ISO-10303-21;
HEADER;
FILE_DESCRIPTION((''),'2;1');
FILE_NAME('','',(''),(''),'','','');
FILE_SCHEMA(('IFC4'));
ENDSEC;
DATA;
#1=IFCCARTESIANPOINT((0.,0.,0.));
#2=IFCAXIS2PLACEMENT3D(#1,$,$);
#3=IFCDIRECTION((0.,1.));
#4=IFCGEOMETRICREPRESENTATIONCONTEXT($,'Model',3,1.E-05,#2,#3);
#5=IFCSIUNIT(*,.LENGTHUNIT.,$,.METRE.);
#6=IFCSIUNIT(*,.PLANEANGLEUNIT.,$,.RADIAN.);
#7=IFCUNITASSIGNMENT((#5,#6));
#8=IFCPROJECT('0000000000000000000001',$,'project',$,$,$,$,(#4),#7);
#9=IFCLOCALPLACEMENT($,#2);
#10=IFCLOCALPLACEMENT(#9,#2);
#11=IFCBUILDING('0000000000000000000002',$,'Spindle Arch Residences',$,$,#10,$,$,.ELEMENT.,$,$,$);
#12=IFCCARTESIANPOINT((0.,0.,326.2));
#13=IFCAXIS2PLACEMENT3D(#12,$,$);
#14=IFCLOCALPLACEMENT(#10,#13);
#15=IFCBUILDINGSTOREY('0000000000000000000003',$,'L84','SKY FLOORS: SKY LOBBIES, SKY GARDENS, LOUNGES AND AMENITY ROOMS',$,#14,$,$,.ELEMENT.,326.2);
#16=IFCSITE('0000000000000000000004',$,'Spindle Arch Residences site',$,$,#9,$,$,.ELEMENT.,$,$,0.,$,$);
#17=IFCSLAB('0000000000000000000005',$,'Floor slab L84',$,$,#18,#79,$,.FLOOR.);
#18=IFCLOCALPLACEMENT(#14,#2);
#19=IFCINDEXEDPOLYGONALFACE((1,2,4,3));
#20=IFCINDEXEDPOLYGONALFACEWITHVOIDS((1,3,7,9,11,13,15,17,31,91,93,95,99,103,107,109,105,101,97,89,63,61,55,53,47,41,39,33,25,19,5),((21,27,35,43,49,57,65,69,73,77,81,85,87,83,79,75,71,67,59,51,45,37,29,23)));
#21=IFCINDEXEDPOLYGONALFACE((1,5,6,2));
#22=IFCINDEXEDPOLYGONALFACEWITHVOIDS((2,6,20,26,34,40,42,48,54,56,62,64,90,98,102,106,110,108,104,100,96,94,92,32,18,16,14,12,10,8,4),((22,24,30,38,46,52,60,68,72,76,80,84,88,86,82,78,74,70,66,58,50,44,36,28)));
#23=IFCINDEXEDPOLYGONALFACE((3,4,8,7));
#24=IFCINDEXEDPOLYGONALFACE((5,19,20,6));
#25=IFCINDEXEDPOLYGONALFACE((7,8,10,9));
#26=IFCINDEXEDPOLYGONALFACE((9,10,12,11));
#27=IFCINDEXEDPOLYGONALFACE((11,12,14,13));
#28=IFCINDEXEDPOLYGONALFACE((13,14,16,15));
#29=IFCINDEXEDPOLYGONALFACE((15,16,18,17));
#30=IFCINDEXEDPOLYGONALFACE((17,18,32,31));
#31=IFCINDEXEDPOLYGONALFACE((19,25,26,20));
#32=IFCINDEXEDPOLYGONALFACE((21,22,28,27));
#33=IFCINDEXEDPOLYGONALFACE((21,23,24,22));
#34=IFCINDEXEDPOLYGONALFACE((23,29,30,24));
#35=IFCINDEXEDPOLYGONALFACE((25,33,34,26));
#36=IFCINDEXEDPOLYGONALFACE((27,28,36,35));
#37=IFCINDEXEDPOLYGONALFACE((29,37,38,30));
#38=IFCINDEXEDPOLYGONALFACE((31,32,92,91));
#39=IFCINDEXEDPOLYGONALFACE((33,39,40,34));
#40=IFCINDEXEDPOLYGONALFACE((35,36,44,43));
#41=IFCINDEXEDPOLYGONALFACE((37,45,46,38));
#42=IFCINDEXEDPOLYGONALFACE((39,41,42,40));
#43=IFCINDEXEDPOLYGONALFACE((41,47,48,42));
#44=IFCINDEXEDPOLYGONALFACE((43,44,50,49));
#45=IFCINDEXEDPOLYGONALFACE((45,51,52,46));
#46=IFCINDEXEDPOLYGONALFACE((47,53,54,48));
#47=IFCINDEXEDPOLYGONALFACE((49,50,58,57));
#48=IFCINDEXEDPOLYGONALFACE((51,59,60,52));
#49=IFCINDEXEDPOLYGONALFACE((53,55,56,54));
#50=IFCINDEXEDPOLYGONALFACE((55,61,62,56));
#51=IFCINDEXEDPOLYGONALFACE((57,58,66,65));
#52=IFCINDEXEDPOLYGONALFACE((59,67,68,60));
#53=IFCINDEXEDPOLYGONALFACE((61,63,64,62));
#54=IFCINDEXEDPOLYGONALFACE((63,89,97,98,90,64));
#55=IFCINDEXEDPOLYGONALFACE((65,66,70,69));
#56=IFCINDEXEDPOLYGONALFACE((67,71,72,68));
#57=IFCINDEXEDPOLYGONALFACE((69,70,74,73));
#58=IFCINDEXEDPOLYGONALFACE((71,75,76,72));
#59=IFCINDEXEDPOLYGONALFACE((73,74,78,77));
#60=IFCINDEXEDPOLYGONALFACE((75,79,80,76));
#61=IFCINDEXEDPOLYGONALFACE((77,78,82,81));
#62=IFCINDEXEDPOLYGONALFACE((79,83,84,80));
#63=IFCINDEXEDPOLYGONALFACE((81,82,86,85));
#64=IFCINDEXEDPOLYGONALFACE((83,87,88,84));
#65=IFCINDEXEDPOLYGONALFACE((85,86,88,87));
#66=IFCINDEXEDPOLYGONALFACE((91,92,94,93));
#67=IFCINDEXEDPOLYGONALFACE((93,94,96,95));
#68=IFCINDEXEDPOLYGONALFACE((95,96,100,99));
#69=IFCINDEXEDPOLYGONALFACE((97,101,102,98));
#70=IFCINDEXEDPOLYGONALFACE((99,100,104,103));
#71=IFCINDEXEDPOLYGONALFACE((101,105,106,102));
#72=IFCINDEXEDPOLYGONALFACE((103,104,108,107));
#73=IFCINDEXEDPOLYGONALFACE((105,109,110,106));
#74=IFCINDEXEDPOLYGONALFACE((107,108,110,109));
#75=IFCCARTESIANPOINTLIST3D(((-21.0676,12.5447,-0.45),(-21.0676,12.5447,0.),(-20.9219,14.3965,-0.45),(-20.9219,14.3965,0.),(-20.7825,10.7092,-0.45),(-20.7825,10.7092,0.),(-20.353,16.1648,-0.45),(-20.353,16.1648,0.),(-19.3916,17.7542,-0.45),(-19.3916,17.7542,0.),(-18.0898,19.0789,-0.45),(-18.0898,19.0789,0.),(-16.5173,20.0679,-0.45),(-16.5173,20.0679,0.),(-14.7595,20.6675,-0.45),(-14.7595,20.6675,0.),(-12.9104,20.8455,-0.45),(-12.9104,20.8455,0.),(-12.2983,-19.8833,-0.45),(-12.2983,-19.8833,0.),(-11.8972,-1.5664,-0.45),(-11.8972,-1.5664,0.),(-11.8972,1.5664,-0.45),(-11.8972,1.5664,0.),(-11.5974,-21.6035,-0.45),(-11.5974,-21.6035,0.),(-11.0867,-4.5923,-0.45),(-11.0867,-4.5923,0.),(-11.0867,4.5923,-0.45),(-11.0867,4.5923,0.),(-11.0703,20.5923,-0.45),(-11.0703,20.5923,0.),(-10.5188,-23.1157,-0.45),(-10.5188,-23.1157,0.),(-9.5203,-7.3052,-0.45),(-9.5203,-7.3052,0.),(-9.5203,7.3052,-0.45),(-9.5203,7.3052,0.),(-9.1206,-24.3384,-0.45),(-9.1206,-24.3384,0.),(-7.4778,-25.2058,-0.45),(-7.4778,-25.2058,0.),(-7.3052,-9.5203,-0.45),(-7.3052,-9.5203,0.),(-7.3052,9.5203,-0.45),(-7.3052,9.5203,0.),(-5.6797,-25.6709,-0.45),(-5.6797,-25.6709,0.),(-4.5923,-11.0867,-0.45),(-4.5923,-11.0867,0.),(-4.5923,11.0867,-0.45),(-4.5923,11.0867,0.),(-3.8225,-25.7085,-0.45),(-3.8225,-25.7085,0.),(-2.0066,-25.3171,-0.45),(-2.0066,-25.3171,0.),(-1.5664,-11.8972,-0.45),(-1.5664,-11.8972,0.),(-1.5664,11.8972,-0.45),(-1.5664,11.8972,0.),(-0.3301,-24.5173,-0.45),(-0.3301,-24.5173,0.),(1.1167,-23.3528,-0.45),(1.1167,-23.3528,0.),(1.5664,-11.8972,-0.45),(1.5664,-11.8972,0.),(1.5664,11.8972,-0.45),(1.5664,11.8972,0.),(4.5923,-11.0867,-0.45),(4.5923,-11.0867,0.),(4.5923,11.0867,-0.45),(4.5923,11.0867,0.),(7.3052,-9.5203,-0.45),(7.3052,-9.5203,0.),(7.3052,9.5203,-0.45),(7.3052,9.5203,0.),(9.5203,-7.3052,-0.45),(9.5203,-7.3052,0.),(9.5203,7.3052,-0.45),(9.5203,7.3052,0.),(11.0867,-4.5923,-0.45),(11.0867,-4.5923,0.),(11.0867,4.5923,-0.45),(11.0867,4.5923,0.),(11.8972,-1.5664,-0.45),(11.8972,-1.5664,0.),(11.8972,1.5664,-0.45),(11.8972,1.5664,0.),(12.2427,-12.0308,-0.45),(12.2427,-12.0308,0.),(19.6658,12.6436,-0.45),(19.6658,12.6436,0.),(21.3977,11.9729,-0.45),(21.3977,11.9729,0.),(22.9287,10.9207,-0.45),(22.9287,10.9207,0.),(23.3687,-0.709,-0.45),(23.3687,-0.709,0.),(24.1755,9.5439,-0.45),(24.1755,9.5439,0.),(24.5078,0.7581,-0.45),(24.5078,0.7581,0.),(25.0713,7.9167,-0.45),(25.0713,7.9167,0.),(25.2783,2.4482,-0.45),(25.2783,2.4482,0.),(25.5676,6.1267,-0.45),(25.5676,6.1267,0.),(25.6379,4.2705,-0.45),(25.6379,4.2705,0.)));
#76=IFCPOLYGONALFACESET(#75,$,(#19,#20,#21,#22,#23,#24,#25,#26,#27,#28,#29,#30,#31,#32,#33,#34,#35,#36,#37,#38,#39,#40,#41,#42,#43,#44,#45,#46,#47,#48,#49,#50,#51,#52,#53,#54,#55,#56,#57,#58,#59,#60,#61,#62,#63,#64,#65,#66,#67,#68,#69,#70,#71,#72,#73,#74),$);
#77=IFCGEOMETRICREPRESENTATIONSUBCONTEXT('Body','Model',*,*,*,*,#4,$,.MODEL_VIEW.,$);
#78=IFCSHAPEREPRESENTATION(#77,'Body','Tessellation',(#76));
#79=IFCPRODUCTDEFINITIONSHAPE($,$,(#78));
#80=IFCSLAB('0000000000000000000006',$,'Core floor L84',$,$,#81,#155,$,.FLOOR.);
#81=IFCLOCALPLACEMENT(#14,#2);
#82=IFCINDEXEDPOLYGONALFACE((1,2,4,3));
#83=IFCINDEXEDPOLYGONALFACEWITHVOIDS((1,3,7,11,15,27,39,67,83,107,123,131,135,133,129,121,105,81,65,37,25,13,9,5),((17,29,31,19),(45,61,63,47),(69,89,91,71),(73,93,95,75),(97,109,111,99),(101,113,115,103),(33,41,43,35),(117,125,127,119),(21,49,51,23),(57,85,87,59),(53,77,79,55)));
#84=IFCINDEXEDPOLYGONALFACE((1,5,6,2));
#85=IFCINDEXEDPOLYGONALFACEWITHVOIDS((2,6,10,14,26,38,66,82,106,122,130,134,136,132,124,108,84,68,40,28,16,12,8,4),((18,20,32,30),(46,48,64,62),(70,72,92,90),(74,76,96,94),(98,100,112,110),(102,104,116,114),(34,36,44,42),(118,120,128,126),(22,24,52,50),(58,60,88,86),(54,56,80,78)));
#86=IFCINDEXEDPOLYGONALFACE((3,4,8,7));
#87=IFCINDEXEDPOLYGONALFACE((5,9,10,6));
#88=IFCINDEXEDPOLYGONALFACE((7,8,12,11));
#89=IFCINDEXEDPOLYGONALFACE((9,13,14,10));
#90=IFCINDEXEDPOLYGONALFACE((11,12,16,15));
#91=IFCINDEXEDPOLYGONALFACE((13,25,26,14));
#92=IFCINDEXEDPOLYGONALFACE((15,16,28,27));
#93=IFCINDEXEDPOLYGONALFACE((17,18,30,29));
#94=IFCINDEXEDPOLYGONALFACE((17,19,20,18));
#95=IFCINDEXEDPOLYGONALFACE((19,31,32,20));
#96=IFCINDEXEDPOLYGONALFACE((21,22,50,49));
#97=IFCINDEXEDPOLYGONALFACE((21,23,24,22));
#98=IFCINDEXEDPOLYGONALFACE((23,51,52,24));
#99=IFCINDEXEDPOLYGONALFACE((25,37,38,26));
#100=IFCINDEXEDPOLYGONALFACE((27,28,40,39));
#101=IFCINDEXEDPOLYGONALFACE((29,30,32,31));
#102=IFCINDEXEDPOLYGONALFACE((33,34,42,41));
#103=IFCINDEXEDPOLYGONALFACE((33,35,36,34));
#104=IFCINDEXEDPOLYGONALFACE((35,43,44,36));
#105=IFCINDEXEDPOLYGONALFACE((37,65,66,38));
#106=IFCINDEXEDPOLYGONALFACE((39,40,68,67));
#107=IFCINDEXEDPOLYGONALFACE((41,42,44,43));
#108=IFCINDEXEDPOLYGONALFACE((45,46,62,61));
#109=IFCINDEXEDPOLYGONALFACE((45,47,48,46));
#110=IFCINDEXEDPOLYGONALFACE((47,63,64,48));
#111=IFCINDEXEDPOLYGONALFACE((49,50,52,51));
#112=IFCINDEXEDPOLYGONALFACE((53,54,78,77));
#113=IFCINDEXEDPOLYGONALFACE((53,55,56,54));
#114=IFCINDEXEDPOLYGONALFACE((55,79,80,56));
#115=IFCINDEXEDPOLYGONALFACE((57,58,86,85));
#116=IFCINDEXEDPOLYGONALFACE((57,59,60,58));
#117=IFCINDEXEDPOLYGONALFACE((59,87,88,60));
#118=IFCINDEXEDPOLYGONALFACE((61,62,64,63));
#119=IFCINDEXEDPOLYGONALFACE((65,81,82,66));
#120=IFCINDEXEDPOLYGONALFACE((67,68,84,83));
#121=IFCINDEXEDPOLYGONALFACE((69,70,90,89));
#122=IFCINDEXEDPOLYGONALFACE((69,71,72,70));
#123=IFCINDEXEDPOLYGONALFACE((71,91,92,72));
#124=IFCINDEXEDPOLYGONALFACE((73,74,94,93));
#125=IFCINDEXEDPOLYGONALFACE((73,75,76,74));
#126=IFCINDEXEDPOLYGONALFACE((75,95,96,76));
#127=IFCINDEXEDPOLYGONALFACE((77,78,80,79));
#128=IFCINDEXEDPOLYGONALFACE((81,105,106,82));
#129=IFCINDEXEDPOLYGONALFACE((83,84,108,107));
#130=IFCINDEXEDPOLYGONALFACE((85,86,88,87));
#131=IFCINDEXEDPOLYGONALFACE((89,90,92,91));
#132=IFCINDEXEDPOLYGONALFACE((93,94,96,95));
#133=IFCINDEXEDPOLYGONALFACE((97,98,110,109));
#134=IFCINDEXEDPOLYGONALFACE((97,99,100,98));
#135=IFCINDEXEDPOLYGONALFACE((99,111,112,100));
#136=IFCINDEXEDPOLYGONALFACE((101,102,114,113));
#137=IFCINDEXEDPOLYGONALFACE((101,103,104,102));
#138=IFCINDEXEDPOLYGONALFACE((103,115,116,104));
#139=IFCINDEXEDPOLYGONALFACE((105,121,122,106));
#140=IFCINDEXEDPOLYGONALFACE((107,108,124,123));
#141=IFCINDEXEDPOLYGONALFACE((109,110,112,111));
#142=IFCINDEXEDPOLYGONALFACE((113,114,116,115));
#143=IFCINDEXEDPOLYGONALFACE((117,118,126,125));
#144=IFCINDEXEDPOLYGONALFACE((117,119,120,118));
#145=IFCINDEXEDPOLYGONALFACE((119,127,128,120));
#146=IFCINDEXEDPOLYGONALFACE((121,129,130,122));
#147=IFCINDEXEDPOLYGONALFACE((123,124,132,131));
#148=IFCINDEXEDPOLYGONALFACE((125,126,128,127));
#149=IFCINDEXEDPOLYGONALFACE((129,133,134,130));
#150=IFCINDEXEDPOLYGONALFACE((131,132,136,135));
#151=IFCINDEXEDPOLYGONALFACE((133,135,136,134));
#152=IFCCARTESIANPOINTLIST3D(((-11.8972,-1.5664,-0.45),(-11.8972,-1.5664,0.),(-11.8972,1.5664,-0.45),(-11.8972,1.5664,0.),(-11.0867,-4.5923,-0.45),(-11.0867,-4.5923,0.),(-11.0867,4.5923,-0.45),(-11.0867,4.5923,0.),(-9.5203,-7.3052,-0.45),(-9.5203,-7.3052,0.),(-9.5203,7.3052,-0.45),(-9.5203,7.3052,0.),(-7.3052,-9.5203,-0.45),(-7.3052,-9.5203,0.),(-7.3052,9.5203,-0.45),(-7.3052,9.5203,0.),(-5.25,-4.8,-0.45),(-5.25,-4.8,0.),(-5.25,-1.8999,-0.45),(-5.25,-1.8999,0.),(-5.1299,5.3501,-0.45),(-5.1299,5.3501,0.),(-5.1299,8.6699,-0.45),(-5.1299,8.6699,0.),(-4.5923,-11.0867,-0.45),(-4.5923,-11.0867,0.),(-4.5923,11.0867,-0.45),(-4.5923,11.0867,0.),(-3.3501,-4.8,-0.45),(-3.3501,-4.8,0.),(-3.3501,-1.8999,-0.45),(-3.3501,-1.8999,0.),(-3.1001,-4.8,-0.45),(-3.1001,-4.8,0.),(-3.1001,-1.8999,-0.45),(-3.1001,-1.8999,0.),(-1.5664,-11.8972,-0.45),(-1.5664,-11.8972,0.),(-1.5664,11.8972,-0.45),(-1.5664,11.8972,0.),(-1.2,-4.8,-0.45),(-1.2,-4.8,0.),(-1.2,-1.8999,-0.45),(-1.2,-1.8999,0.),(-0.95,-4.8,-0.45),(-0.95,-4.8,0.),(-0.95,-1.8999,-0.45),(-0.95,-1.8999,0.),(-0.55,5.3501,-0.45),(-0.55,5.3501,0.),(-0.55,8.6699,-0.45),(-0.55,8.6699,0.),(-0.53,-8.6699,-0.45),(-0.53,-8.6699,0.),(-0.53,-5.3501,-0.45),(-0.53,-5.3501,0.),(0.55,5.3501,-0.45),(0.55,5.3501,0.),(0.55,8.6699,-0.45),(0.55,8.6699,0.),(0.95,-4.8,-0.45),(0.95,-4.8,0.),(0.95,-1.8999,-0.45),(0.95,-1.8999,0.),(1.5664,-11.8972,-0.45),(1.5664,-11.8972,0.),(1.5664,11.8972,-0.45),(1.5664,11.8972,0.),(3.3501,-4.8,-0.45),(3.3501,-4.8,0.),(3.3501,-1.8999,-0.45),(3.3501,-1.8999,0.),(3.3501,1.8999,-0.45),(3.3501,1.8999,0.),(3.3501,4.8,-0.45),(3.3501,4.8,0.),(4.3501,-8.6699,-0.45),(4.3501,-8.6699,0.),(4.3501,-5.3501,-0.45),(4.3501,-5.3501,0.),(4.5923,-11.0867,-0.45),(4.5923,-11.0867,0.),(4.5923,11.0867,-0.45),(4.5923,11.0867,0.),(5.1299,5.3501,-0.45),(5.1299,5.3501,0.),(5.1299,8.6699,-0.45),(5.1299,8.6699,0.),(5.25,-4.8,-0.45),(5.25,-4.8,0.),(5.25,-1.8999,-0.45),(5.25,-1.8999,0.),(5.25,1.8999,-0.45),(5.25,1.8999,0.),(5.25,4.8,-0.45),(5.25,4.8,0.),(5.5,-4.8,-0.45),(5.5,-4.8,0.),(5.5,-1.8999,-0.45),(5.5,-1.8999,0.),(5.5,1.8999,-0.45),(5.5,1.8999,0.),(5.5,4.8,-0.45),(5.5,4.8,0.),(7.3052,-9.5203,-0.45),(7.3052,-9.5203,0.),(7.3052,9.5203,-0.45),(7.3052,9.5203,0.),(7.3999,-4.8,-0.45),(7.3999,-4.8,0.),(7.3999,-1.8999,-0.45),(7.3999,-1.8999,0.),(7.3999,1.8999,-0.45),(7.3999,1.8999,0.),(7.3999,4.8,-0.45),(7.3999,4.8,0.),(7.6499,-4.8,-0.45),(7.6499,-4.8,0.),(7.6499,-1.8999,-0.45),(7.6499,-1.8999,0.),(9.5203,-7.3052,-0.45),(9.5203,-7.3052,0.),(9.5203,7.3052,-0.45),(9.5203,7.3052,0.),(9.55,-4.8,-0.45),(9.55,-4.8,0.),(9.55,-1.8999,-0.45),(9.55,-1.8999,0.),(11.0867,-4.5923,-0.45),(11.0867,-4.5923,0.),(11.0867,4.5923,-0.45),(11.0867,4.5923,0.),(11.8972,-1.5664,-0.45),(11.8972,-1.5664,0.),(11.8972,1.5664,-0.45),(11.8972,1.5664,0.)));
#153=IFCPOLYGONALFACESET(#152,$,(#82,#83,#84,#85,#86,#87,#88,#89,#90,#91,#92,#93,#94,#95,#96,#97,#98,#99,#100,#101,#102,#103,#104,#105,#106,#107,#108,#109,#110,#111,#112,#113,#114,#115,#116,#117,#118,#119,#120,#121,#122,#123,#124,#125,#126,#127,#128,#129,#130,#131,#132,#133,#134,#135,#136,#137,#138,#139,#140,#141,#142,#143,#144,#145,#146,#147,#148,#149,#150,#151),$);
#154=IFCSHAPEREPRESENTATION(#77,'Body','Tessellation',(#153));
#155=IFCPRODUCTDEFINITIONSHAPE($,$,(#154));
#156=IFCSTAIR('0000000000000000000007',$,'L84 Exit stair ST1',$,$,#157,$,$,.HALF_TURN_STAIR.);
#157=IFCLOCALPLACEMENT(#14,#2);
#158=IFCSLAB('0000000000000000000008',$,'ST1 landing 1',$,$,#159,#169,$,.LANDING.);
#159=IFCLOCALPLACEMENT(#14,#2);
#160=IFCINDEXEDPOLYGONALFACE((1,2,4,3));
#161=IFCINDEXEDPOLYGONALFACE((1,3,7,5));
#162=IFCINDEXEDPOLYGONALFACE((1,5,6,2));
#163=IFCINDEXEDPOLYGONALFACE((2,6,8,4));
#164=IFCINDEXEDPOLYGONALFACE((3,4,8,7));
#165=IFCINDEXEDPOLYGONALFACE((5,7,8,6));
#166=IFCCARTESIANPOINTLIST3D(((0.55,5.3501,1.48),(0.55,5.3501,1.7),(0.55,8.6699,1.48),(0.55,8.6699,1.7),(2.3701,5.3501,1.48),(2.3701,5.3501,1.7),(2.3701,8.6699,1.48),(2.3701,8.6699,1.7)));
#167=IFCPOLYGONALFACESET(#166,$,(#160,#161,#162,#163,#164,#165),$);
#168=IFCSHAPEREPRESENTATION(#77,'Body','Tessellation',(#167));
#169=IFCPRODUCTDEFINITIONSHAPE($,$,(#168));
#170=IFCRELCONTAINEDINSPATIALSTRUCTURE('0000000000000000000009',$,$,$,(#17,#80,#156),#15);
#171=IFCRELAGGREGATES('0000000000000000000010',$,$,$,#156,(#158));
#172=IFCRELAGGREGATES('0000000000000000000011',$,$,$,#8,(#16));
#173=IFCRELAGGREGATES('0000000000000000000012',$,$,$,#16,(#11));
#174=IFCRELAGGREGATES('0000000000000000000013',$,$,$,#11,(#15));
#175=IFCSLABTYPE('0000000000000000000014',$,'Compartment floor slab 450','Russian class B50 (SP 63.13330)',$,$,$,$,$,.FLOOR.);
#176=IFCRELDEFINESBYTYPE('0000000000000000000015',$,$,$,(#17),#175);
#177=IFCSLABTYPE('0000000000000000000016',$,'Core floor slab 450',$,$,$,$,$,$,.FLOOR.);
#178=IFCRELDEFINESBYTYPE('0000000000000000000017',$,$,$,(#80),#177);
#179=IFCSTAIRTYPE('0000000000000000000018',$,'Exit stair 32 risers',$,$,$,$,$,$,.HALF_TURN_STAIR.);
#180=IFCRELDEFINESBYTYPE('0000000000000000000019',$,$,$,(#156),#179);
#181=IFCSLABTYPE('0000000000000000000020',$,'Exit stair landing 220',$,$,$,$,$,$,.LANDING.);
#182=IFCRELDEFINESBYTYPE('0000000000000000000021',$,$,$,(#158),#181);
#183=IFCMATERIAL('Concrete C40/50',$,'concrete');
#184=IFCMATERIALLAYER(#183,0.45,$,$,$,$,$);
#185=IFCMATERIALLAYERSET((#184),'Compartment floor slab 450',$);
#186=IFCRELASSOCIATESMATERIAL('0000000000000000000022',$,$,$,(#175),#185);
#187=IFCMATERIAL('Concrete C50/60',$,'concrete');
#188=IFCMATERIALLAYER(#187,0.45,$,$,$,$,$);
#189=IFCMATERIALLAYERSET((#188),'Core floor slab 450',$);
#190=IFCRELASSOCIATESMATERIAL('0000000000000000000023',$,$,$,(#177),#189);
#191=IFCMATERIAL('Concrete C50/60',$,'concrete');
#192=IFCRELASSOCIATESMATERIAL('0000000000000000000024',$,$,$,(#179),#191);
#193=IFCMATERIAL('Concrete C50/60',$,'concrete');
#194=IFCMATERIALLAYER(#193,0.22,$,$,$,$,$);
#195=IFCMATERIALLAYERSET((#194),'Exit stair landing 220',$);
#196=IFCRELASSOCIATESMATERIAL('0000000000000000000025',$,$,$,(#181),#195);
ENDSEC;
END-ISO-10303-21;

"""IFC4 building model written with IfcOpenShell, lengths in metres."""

from ifc_helpers import new_model, si_unit, direction, frame, origin, place, context, subcontext, project, spatial, polyline, outline, extrude, material, layer, layer_set, type_object, element, aggregate, save


model = new_model("IFC4")

# Units and contexts
model_context = context("Model", 3, precision=1e-05, world=origin(), true_north=direction((0.0, 1.0)))
body_context = subcontext(model_context, "Body", "Model", "MODEL_VIEW")
ifc_project = project(units=[si_unit("LENGTHUNIT", "METRE"), si_unit("PLANEANGLEUNIT", "RADIAN")], contexts=[model_context])

# Site, building, storey
site_placement = place(None, origin())
site = spatial("IfcSite", under=ifc_project, at=site_placement, Name="Spindle Arch Residences site", CompositionType="ELEMENT", RefElevation=0.0)
building_placement = place(site_placement, origin())
building = spatial("IfcBuilding", under=site, at=building_placement, Name="Spindle Arch Residences", CompositionType="ELEMENT")
storey_placement = place(building_placement, frame((0.0, 0.0, 326.2)))
storey = spatial("IfcBuildingStorey", under=building, at=storey_placement, Name="L84", Description="SKY FLOORS: SKY LOBBIES, SKY GARDENS, LOUNGES AND AMENITY ROOMS", CompositionType="ELEMENT", Elevation=326.2)

# Slabs
ifc_material_1 = material(Name="Concrete C40/50", Category="concrete")
ifc_layer_1 = layer(ifc_material_1, 0.45)
ifc_layer_set_1 = layer_set([ifc_layer_1], Name="Compartment floor slab 450")
slab_type_1 = type_object("IfcSlabType", Name="Compartment floor slab 450", Description="Russian class B50 (SP 63.13330)", PredefinedType="FLOOR", material=ifc_layer_set_1)
slab_1_placement = place(storey_placement, frame((0.0, 0.0, -0.45)))
element("IfcSlab", 1, at=slab_1_placement, inside=storey, type_object=slab_type_1, Name="Floor slab L84", PredefinedType="FLOOR", context=body_context, shape_type="SweptSolid", body=[
    extrude(outline(polyline([(1.1167, -23.3528), (-0.3301, -24.5173), (-2.0066, -25.3171), (-3.8225, -25.7085), (-5.6797, -25.6709), (-7.4778, -25.2058), (-9.1206, -24.3384), (-10.5188, -23.1157), (-11.5974, -21.6035), (-12.2983, -19.8833), (-20.7825, 10.7092), (-21.0676, 12.5447), (-20.9219, 14.3965), (-20.353, 16.1648), (-19.3916, 17.7542), (-18.0898, 19.0789), (-16.5173, 20.0679), (-14.7595, 20.6675), (-12.9104, 20.8455), (-11.0703, 20.5923), (19.6658, 12.6436), (21.3977, 11.9729), (22.9287, 10.9207), (24.1755, 9.5439), (25.0713, 7.9167), (25.5676, 6.1267), (25.6379, 4.2705), (25.2783, 2.4482), (24.5078, 0.7581), (23.3687, -0.709), (12.2427, -12.0308), (1.1167, -23.3528)]), holes=[polyline([(4.5923, -11.0867), (7.3052, -9.5203), (9.5203, -7.3052), (11.0867, -4.5923), (11.8972, -1.5664), (11.8972, 1.5664), (11.0867, 4.5923), (9.5203, 7.3052), (7.3052, 9.5203), (4.5923, 11.0867), (1.5664, 11.8972), (-1.5664, 11.8972), (-4.5923, 11.0867), (-7.3052, 9.5203), (-9.5203, 7.3052), (-11.0867, 4.5923), (-11.8972, 1.5664), (-11.8972, -1.5664), (-11.0867, -4.5923), (-9.5203, -7.3052), (-7.3052, -9.5203), (-4.5923, -11.0867), (-1.5664, -11.8972), (1.5664, -11.8972), (4.5923, -11.0867)])]), origin(), (0.0, 0.0, 1.0), 0.45),
])
ifc_material_2 = material(Name="Concrete C50/60", Category="concrete")
ifc_layer_2 = layer(ifc_material_2, 0.45)
ifc_layer_set_2 = layer_set([ifc_layer_2], Name="Core floor slab 450")
slab_type_2 = type_object("IfcSlabType", Name="Core floor slab 450", PredefinedType="FLOOR", material=ifc_layer_set_2)
slab_2_placement = place(storey_placement, frame((0.0, 0.0, -0.45)))
element("IfcSlab", 2, at=slab_2_placement, inside=storey, type_object=slab_type_2, Name="Core floor L84", PredefinedType="FLOOR", context=body_context, shape_type="SweptSolid", body=[
    extrude(outline(polyline([(1.5664, -11.8972), (4.5923, -11.0867), (7.3052, -9.5203), (9.5203, -7.3052), (11.0867, -4.5923), (11.8972, -1.5664), (11.8972, 1.5664), (11.0867, 4.5923), (9.5203, 7.3052), (7.3052, 9.5203), (4.5923, 11.0867), (1.5664, 11.8972), (-1.5664, 11.8972), (-4.5923, 11.0867), (-7.3052, 9.5203), (-9.5203, 7.3052), (-11.0867, 4.5923), (-11.8972, 1.5664), (-11.8972, -1.5664), (-11.0867, -4.5923), (-9.5203, -7.3052), (-7.3052, -9.5203), (-4.5923, -11.0867), (-1.5664, -11.8972), (1.5664, -11.8972)]), holes=[polyline([(3.3501, 1.8999), (5.25, 1.8999), (5.25, 4.8), (3.3501, 4.8), (3.3501, 1.8999)]), polyline([(5.5, 1.8999), (7.3999, 1.8999), (7.3999, 4.8), (5.5, 4.8), (5.5, 1.8999)]), polyline([(-5.25, -4.8), (-3.3501, -4.8), (-3.3501, -1.8999), (-5.25, -1.8999), (-5.25, -4.8)]), polyline([(-3.1001, -4.8), (-1.2, -4.8), (-1.2, -1.8999), (-3.1001, -1.8999), (-3.1001, -4.8)]), polyline([(-0.95, -4.8), (0.95, -4.8), (0.95, -1.8999), (-0.95, -1.8999), (-0.95, -4.8)]), polyline([(3.3501, -4.8), (5.25, -4.8), (5.25, -1.8999), (3.3501, -1.8999), (3.3501, -4.8)]), polyline([(5.5, -4.8), (7.3999, -4.8), (7.3999, -1.8999), (5.5, -1.8999), (5.5, -4.8)]), polyline([(7.6499, -4.8), (9.55, -4.8), (9.55, -1.8999), (7.6499, -1.8999), (7.6499, -4.8)]), polyline([(5.1299, 8.6699), (0.55, 8.6699), (0.55, 5.3501), (5.1299, 5.3501), (5.1299, 8.6699)]), polyline([(-5.1299, 5.3501), (-0.55, 5.3501), (-0.55, 8.6699), (-5.1299, 8.6699), (-5.1299, 5.3501)]), polyline([(-0.53, -8.6699), (4.3501, -8.6699), (4.3501, -5.3501), (-0.53, -5.3501), (-0.53, -8.6699)])]), origin(), (0.0, 0.0, 1.0), 0.45),
])

# Stair, slab
ifc_material_3 = material(Name="Concrete C50/60", Category="concrete")
stair_type = type_object("IfcStairType", Name="Exit stair 32 risers", PredefinedType="HALF_TURN_STAIR", material=ifc_material_3)
stair_1_placement = place(storey_placement, origin())
stair_1 = element("IfcStair", 3, at=stair_1_placement, inside=storey, type_object=stair_type, Name="L84 Exit stair ST1", PredefinedType="HALF_TURN_STAIR")
ifc_material_4 = material(Name="Concrete C50/60", Category="concrete")
ifc_layer_3 = layer(ifc_material_4, 0.22)
ifc_layer_set_3 = layer_set([ifc_layer_3], Name="Exit stair landing 220")
slab_type_3 = type_object("IfcSlabType", Name="Exit stair landing 220", PredefinedType="LANDING", material=ifc_layer_set_3)
slab_3_placement = place(storey_placement, frame((0.0, 0.0, 1.48)))
slab_3 = element("IfcSlab", 4, at=slab_3_placement, type_object=slab_type_3, Name="ST1 landing 1", PredefinedType="LANDING", context=body_context, shape_type="SweptSolid", body=[
    extrude(outline(polyline([(2.3701, 8.6699), (0.55, 8.6699), (0.55, 5.3501), (2.3701, 5.3501), (2.3701, 8.6699)])), origin(), (0.0, 0.0, 1.0), 0.22),
])
aggregate(stair_1, [slab_3])

save(model, "model.ifc")
